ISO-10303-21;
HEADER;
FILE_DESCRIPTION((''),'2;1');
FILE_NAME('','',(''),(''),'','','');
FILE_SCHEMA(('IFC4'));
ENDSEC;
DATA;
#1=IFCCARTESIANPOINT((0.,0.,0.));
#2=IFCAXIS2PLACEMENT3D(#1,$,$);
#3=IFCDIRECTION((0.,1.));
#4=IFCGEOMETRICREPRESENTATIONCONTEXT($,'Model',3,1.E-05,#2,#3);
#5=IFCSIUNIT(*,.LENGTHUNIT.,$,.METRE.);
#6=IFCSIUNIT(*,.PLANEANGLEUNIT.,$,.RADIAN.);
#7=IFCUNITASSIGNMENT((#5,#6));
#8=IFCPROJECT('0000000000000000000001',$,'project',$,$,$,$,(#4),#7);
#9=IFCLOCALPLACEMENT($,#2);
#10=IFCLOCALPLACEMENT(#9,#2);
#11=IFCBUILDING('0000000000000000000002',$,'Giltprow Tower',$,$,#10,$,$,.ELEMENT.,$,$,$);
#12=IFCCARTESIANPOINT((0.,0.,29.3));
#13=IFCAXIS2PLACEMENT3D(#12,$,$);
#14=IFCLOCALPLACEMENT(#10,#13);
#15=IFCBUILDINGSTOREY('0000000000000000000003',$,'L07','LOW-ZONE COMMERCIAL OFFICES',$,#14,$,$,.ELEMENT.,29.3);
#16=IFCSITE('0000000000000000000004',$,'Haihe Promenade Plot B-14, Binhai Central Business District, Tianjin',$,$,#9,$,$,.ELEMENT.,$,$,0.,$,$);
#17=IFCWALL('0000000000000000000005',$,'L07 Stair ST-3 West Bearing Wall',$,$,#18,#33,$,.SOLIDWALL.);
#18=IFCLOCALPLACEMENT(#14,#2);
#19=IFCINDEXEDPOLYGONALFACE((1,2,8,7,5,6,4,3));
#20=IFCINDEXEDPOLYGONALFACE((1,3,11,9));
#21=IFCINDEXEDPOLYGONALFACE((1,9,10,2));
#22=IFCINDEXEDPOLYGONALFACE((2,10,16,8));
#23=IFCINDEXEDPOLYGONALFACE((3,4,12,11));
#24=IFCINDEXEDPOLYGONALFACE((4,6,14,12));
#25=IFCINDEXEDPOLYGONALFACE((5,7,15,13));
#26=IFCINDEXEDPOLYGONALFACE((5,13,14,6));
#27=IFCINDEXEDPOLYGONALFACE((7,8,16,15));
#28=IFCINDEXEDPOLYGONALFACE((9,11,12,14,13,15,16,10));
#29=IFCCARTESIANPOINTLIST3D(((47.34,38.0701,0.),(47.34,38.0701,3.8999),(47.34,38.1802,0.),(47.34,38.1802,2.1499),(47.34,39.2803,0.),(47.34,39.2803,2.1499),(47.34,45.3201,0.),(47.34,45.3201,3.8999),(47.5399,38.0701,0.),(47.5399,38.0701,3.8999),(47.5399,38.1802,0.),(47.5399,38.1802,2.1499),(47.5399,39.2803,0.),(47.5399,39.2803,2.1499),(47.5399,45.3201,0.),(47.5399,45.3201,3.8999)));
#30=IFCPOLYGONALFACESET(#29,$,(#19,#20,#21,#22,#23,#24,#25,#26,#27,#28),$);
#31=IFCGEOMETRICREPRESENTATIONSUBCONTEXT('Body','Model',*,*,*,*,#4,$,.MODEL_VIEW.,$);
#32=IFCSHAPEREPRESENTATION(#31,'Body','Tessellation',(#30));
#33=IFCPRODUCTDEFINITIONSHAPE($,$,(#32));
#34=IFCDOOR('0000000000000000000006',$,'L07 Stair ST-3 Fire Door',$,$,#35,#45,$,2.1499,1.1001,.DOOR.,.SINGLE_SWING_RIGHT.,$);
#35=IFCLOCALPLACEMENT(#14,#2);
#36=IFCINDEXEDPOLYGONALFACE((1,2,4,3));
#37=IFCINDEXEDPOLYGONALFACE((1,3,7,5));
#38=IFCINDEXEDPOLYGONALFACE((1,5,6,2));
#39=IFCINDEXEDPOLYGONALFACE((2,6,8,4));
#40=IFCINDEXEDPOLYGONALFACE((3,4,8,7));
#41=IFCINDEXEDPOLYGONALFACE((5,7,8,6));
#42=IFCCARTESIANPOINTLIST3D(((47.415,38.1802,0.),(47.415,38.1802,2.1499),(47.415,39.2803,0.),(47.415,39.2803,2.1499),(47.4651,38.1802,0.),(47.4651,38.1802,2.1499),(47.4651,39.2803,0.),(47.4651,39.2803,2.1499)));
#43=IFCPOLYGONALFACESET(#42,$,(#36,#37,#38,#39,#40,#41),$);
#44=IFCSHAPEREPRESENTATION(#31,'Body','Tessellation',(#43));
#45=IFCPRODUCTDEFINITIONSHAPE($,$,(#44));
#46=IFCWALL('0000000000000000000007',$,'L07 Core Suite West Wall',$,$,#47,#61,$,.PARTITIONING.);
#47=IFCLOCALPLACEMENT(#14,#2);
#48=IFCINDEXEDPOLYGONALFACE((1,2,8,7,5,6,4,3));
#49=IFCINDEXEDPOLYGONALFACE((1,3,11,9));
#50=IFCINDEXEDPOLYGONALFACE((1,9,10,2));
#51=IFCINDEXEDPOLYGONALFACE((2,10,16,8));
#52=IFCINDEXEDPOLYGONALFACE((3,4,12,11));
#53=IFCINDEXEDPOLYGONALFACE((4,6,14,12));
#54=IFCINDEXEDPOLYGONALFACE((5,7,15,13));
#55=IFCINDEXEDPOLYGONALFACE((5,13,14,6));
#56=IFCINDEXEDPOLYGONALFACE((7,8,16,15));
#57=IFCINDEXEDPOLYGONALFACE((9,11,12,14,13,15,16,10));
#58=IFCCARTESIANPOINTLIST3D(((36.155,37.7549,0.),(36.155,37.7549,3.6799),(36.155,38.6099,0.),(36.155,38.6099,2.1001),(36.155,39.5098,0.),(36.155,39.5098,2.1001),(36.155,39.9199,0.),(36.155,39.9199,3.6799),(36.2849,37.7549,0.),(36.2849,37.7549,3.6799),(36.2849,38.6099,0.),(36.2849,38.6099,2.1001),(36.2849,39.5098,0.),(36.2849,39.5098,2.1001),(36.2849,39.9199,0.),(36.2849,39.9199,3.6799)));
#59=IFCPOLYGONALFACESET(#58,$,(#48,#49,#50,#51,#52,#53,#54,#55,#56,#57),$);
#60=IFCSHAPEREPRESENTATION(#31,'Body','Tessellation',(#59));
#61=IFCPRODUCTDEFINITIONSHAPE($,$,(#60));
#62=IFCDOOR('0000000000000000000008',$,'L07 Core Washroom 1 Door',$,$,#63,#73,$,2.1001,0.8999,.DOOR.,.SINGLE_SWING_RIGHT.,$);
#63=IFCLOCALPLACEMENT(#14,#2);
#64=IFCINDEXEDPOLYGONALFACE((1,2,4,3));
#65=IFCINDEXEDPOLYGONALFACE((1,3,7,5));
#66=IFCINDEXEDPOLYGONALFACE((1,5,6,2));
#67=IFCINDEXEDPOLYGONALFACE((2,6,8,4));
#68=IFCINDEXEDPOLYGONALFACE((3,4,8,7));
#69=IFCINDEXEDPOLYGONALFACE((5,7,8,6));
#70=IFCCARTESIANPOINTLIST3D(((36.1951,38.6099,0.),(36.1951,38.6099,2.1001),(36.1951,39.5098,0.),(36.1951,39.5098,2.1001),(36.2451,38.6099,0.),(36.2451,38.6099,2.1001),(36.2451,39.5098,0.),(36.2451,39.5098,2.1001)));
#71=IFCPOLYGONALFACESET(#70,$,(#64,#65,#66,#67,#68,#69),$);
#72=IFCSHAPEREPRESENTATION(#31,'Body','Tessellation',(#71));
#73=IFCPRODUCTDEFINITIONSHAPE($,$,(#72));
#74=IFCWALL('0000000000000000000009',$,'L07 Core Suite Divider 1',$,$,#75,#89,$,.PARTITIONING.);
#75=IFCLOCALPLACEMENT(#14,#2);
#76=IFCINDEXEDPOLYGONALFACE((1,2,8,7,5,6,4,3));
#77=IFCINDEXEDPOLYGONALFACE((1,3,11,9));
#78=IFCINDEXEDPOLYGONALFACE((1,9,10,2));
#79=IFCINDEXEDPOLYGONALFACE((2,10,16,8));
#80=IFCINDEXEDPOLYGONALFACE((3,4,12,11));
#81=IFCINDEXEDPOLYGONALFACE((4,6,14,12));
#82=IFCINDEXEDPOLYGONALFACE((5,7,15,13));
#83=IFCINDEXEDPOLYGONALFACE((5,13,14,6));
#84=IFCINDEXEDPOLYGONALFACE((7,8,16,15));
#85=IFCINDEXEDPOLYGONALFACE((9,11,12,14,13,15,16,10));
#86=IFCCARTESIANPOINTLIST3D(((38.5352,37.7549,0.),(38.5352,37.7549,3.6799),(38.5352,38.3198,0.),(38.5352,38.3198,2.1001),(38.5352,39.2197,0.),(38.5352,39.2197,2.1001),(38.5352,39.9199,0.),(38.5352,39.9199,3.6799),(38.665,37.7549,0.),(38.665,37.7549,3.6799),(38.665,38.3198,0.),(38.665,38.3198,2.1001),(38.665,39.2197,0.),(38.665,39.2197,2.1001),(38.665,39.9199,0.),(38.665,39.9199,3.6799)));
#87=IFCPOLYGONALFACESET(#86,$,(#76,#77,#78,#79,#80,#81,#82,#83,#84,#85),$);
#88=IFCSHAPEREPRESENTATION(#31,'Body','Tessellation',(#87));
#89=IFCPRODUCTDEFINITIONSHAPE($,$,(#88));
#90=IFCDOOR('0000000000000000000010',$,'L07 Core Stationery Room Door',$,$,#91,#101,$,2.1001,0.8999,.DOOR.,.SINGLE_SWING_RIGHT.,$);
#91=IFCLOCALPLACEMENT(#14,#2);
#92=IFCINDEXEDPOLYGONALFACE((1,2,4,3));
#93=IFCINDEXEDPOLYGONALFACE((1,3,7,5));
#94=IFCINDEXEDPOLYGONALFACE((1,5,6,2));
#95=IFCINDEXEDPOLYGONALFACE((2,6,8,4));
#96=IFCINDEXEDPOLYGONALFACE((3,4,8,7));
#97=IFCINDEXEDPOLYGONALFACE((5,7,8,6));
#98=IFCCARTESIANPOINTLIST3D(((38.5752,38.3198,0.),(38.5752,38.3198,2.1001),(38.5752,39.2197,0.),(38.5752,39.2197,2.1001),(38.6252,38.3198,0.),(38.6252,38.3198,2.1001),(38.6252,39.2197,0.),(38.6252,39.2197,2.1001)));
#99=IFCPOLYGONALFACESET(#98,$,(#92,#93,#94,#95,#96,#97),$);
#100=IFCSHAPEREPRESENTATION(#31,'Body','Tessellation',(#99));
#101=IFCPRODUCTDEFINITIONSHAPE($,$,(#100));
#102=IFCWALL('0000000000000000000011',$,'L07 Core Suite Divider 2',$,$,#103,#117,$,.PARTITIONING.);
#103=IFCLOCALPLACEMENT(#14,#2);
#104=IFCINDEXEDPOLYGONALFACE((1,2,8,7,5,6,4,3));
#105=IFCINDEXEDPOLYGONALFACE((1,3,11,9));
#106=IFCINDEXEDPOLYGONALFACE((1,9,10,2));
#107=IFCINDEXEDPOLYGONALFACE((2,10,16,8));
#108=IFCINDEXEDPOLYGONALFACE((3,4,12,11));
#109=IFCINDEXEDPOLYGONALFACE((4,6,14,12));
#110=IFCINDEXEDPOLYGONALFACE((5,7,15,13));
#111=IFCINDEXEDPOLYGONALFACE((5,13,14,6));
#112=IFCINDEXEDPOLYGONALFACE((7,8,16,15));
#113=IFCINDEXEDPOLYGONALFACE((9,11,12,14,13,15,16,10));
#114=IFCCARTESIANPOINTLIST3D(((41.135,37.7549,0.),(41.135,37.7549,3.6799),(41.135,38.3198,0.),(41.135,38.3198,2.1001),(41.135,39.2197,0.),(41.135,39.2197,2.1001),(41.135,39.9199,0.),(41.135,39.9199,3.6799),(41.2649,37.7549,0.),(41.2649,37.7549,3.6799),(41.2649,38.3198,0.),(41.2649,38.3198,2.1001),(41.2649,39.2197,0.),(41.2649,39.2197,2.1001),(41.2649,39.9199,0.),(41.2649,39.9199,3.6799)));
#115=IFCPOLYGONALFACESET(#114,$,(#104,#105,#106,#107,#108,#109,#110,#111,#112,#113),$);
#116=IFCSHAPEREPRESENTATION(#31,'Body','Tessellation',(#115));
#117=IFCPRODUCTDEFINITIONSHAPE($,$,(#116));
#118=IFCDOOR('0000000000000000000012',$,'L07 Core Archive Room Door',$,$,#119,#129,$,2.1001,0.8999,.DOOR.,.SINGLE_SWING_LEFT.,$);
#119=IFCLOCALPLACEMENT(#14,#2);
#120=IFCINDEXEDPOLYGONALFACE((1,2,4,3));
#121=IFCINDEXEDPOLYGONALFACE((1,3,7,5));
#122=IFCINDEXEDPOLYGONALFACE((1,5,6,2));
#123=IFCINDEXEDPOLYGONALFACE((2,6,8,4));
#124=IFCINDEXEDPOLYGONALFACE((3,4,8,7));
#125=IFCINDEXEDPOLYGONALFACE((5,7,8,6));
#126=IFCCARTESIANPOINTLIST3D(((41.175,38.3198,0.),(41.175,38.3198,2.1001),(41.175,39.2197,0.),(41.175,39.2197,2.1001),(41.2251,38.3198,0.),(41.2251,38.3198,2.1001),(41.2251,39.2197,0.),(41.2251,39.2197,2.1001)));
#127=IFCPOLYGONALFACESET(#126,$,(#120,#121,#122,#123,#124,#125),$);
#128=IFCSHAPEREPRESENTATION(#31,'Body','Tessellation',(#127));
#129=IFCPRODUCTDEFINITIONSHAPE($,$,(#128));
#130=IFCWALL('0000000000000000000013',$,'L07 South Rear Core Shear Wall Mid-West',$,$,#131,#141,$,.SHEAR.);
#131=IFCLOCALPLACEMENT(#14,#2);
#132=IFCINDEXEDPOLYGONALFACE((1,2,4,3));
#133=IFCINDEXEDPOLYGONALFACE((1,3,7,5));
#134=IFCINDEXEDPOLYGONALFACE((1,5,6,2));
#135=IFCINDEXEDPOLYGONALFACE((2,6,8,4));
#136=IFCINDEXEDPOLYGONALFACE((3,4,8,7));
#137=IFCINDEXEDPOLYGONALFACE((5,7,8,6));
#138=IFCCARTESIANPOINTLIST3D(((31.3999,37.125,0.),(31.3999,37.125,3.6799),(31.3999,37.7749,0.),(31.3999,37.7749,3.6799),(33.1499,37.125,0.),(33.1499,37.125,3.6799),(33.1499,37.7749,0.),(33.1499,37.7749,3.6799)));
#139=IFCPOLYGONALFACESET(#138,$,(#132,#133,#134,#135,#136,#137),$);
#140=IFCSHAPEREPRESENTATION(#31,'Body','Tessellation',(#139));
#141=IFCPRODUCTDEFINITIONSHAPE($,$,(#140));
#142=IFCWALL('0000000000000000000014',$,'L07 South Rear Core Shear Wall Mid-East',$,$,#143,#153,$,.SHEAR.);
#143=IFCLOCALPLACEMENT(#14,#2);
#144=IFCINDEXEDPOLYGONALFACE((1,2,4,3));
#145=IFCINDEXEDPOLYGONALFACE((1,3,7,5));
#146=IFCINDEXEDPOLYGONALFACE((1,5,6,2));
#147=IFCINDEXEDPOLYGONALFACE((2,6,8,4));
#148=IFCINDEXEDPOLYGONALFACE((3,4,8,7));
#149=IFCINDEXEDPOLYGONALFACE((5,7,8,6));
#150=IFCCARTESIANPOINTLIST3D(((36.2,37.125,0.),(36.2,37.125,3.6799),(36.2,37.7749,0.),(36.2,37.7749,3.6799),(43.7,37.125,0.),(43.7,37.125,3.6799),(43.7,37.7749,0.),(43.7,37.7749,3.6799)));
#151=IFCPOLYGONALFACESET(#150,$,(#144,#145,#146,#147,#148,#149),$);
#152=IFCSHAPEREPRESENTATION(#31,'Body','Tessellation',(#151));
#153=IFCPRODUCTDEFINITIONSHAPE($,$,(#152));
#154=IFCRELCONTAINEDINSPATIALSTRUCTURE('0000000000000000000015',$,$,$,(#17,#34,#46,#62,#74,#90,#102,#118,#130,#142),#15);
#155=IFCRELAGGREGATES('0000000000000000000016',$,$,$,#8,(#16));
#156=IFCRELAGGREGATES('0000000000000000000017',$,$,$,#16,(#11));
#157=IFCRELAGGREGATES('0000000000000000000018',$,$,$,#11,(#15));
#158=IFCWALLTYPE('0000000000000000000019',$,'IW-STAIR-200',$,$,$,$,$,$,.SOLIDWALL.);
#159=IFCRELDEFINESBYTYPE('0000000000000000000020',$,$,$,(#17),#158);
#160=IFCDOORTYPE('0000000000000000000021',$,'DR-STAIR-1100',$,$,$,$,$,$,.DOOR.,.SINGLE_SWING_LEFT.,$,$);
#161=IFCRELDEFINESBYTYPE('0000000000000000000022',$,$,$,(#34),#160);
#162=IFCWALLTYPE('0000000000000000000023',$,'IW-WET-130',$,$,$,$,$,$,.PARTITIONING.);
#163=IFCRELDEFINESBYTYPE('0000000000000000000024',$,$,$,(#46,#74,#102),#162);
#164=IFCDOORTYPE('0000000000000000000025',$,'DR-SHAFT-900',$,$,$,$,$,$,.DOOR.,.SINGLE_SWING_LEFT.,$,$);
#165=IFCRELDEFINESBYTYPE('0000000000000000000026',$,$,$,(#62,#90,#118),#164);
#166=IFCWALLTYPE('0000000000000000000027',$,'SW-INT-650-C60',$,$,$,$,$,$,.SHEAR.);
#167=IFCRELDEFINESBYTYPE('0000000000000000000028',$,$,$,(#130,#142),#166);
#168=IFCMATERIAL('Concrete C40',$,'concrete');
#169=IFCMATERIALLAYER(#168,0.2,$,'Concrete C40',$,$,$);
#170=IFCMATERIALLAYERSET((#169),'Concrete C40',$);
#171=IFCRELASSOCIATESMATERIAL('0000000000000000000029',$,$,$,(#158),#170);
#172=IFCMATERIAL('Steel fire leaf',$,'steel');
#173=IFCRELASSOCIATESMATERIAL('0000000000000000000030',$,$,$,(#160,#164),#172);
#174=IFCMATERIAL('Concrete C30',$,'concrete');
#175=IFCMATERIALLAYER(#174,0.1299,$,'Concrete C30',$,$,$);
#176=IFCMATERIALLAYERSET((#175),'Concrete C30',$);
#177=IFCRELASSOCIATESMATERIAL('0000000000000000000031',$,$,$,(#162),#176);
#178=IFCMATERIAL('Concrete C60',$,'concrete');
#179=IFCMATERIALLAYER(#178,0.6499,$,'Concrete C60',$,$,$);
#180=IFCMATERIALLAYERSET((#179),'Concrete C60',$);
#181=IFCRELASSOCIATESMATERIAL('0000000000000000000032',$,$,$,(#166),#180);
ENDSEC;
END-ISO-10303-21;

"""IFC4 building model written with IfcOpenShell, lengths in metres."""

from ifc_helpers import new_model, si_unit, direction, frame, frame_2d, origin, place, context, subcontext, project, spatial, rectangle, extrude, source, transform, mapped, material, layer, layer_set, type_object, element, fill, save


model = new_model("IFC4")

# Units and contexts
model_context = context("Model", 3, precision=1e-05, world=origin(), true_north=direction((0.0, 1.0)))
body_context = subcontext(model_context, "Body", "Model", "MODEL_VIEW")
ifc_project = project(units=[si_unit("LENGTHUNIT", "METRE"), si_unit("PLANEANGLEUNIT", "RADIAN")], contexts=[model_context])

# Site, building, storey
site_placement = place(None, origin())
site = spatial("IfcSite", under=ifc_project, at=site_placement, Name="Haihe Promenade Plot B-14, Binhai Central Business District, Tianjin", CompositionType="ELEMENT", RefElevation=0.0)
building_placement = place(site_placement, origin())
building = spatial("IfcBuilding", under=site, at=building_placement, Name="Giltprow Tower", CompositionType="ELEMENT")
storey_placement = place(building_placement, frame((0.0, 0.0, 29.3)))
storey = spatial("IfcBuildingStorey", under=building, at=storey_placement, Name="L07", Description="LOW-ZONE COMMERCIAL OFFICES", CompositionType="ELEMENT", Elevation=29.3)

# Shared definitions
ifc_material_1 = material(Name="Concrete C60", Category="concrete")

# Shared definitions
ifc_material_2 = material(Name="Concrete C40", Category="concrete")

# Walls, openings, doors
ifc_layer_1 = layer(ifc_material_2, 0.2, Name="Concrete C40")
ifc_layer_set_1 = layer_set([ifc_layer_1], Name="Concrete C40")
wall_type_1 = type_object("IfcWallType", Name="IW-STAIR-200", PredefinedType="SOLIDWALL", material=ifc_layer_set_1)
wall_1_placement = place(storey_placement, frame((47.4399, 38.0701, 0.0), z_axis=(0.0, 0.0, 1.0), x_axis=(0.0, 1.0, 0.0)))
wall_1 = element("IfcWall", 1, at=wall_1_placement, inside=storey, type_object=wall_type_1, Name="L07 Stair ST-3 West Bearing Wall", PredefinedType="SOLIDWALL", context=body_context, shape_type="SweptSolid", body=[
    extrude(rectangle(XDim=7.25, YDim=0.2, at=frame_2d((3.625, 0.0))), origin(), (0.0, 0.0, 1.0), 3.8999),
])
opening_1_placement = place(wall_1_placement, frame((0.1101, 0.0, 0.0)))
opening_1 = element("IfcOpeningElement", 2, at=opening_1_placement, cuts=wall_1, PredefinedType="OPENING", context=body_context, shape_type="SweptSolid", body=[
    extrude(rectangle(XDim=1.1001, YDim=2.1499, at=frame_2d((0.55, 1.075))), frame((0.0, 0.1099, 0.0), z_axis=(0.0, -1.0, 0.0), x_axis=(1.0, 0.0, 0.0)), (0.0, 0.0, 1.0), 0.22),
])
ifc_material_3 = material(Name="Steel fire leaf", Category="steel")
door_type_1 = type_object("IfcDoorType", Name="DR-STAIR-1100", OperationType="SINGLE_SWING_LEFT", PredefinedType="DOOR", material=ifc_material_3)
shared_shape_1 = source(origin(), body_context, "Body", "SweptSolid", [
    extrude(rectangle(XDim=1.1001, YDim=2.1499, at=frame_2d((0.55, 1.075))), frame((0.0, 0.0249, 0.0), z_axis=(0.0, -1.0, 0.0), x_axis=(1.0, 0.0, 0.0)), (0.0, 0.0, 1.0), 0.05),
])
door_1_placement = place(opening_1_placement, origin())
door_1 = element("IfcDoor", 3, at=door_1_placement, inside=storey, type_object=door_type_1, Name="L07 Stair ST-3 Fire Door", OperationType="SINGLE_SWING_RIGHT", OverallHeight=2.1499, OverallWidth=1.1001, PredefinedType="DOOR", context=body_context, shape_type="MappedRepresentation", body=[
    mapped(shared_shape_1, transform((0.0, 0.0, 0.0), x_axis=(1.0, 0.0, 0.0), y_axis=(0.0, 1.0, 0.0), z_axis=(0.0, 0.0, 1.0), scale=1.0)),
])
fill(opening_1, door_1)
ifc_material_4 = material(Name="Concrete C30", Category="concrete")
ifc_layer_2 = layer(ifc_material_4, 0.1299, Name="Concrete C30")
ifc_layer_set_2 = layer_set([ifc_layer_2], Name="Concrete C30")
wall_type_2 = type_object("IfcWallType", Name="IW-WET-130", PredefinedType="PARTITIONING", material=ifc_layer_set_2)
wall_2_placement = place(storey_placement, frame((36.22, 37.7549, 0.0), z_axis=(0.0, 0.0, 1.0), x_axis=(0.0, 1.0, 0.0)))
wall_2 = element("IfcWall", 4, at=wall_2_placement, inside=storey, type_object=wall_type_2, Name="L07 Core Suite West Wall", PredefinedType="PARTITIONING", context=body_context, shape_type="SweptSolid", body=[
    extrude(rectangle(XDim=2.165, YDim=0.1299, at=frame_2d((1.0825, 0.0))), origin(), (0.0, 0.0, 1.0), 3.6799),
])
opening_2_placement = place(wall_2_placement, frame((0.855, 0.0, 0.0)))
opening_2 = element("IfcOpeningElement", 5, at=opening_2_placement, cuts=wall_2, PredefinedType="OPENING", context=body_context, shape_type="SweptSolid", body=[
    extrude(rectangle(XDim=0.8999, YDim=2.1001, at=frame_2d((0.45, 1.05))), frame((0.0, 0.075, 0.0), z_axis=(0.0, -1.0, 0.0), x_axis=(1.0, 0.0, 0.0)), (0.0, 0.0, 1.0), 0.1499),
])
door_type_2 = type_object("IfcDoorType", Name="DR-SHAFT-900", OperationType="SINGLE_SWING_LEFT", PredefinedType="DOOR", material=ifc_material_3)
shared_shape_2 = source(origin(), body_context, "Body", "SweptSolid", [
    extrude(rectangle(XDim=0.8999, YDim=2.1001, at=frame_2d((0.45, 1.05))), frame((0.0, 0.0249, 0.0), z_axis=(0.0, -1.0, 0.0), x_axis=(1.0, 0.0, 0.0)), (0.0, 0.0, 1.0), 0.05),
])
door_2_placement = place(opening_2_placement, origin())
door_2 = element("IfcDoor", 6, at=door_2_placement, inside=storey, type_object=door_type_2, Name="L07 Core Washroom 1 Door", OperationType="SINGLE_SWING_RIGHT", OverallHeight=2.1001, OverallWidth=0.8999, PredefinedType="DOOR", context=body_context, shape_type="MappedRepresentation", body=[
    mapped(shared_shape_2, transform((0.0, 0.0, 0.0), x_axis=(1.0, 0.0, 0.0), y_axis=(0.0, 1.0, 0.0), z_axis=(0.0, 0.0, 1.0), scale=1.0)),
])
fill(opening_2, door_2)
wall_3_placement = place(storey_placement, frame((38.6001, 37.7549, 0.0), z_axis=(0.0, 0.0, 1.0), x_axis=(0.0, 1.0, 0.0)))
wall_3 = element("IfcWall", 7, at=wall_3_placement, inside=storey, type_object=wall_type_2, Name="L07 Core Suite Divider 1", PredefinedType="PARTITIONING", context=body_context, shape_type="SweptSolid", body=[
    extrude(rectangle(XDim=2.165, YDim=0.1299, at=frame_2d((1.0825, 0.0))), origin(), (0.0, 0.0, 1.0), 3.6799),
])
opening_3_placement = place(wall_3_placement, frame((0.5649, 0.0, 0.0)))
opening_3 = element("IfcOpeningElement", 8, at=opening_3_placement, cuts=wall_3, PredefinedType="OPENING", context=body_context, shape_type="SweptSolid", body=[
    extrude(rectangle(XDim=0.8999, YDim=2.1001, at=frame_2d((0.45, 1.05))), frame((0.0, 0.075, 0.0), z_axis=(0.0, -1.0, 0.0), x_axis=(1.0, 0.0, 0.0)), (0.0, 0.0, 1.0), 0.1499),
])
door_3_placement = place(opening_3_placement, origin())
door_3 = element("IfcDoor", 9, at=door_3_placement, inside=storey, type_object=door_type_2, Name="L07 Core Stationery Room Door", OperationType="SINGLE_SWING_RIGHT", OverallHeight=2.1001, OverallWidth=0.8999, PredefinedType="DOOR", context=body_context, shape_type="MappedRepresentation", body=[
    mapped(shared_shape_2, transform((0.0, 0.0, 0.0), x_axis=(1.0, 0.0, 0.0), y_axis=(0.0, 1.0, 0.0), z_axis=(0.0, 0.0, 1.0), scale=1.0)),
])
fill(opening_3, door_3)
wall_4_placement = place(storey_placement, frame((41.2, 37.7549, 0.0), z_axis=(0.0, 0.0, 1.0), x_axis=(0.0, 1.0, 0.0)))
wall_4 = element("IfcWall", 10, at=wall_4_placement, inside=storey, type_object=wall_type_2, Name="L07 Core Suite Divider 2", PredefinedType="PARTITIONING", context=body_context, shape_type="SweptSolid", body=[
    extrude(rectangle(XDim=2.165, YDim=0.1299, at=frame_2d((1.0825, 0.0))), origin(), (0.0, 0.0, 1.0), 3.6799),
])
opening_4_placement = place(wall_4_placement, frame((0.5649, 0.0, 0.0)))
opening_4 = element("IfcOpeningElement", 11, at=opening_4_placement, cuts=wall_4, PredefinedType="OPENING", context=body_context, shape_type="SweptSolid", body=[
    extrude(rectangle(XDim=0.8999, YDim=2.1001, at=frame_2d((0.45, 1.05))), frame((0.0, 0.075, 0.0), z_axis=(0.0, -1.0, 0.0), x_axis=(1.0, 0.0, 0.0)), (0.0, 0.0, 1.0), 0.1499),
])
door_4_placement = place(opening_4_placement, origin())
door_4 = element("IfcDoor", 12, at=door_4_placement, inside=storey, type_object=door_type_2, Name="L07 Core Archive Room Door", OperationType="SINGLE_SWING_LEFT", OverallHeight=2.1001, OverallWidth=0.8999, PredefinedType="DOOR", context=body_context, shape_type="MappedRepresentation", body=[
    mapped(shared_shape_2, transform((0.0, 0.0, 0.0), x_axis=(1.0, 0.0, 0.0), y_axis=(0.0, 1.0, 0.0), z_axis=(0.0, 0.0, 1.0), scale=1.0)),
])
fill(opening_4, door_4)

# Walls
ifc_layer_3 = layer(ifc_material_1, 0.6499, Name="Concrete C60")
ifc_layer_set_3 = layer_set([ifc_layer_3], Name="Concrete C60")
wall_type_3 = type_object("IfcWallType", Name="SW-INT-650-C60", PredefinedType="SHEAR", material=ifc_layer_set_3)
wall_5_placement = place(storey_placement, frame((31.3999, 37.45, 0.0), z_axis=(0.0, 0.0, 1.0), x_axis=(1.0, 0.0, 0.0)))
element("IfcWall", 13, at=wall_5_placement, inside=storey, type_object=wall_type_3, Name="L07 South Rear Core Shear Wall Mid-West", PredefinedType="SHEAR", context=body_context, shape_type="SweptSolid", body=[
    extrude(rectangle(XDim=1.75, YDim=0.6499, at=frame_2d((0.875, 0.0))), origin(), (0.0, 0.0, 1.0), 3.6799),
])
wall_6_placement = place(storey_placement, frame((36.2, 37.45, 0.0), z_axis=(0.0, 0.0, 1.0), x_axis=(1.0, 0.0, 0.0)))
element("IfcWall", 14, at=wall_6_placement, inside=storey, type_object=wall_type_3, Name="L07 South Rear Core Shear Wall Mid-East", PredefinedType="SHEAR", context=body_context, shape_type="SweptSolid", body=[
    extrude(rectangle(XDim=7.5, YDim=0.6499, at=frame_2d((3.75, 0.0))), origin(), (0.0, 0.0, 1.0), 3.6799),
])

save(model, "model.ifc")
